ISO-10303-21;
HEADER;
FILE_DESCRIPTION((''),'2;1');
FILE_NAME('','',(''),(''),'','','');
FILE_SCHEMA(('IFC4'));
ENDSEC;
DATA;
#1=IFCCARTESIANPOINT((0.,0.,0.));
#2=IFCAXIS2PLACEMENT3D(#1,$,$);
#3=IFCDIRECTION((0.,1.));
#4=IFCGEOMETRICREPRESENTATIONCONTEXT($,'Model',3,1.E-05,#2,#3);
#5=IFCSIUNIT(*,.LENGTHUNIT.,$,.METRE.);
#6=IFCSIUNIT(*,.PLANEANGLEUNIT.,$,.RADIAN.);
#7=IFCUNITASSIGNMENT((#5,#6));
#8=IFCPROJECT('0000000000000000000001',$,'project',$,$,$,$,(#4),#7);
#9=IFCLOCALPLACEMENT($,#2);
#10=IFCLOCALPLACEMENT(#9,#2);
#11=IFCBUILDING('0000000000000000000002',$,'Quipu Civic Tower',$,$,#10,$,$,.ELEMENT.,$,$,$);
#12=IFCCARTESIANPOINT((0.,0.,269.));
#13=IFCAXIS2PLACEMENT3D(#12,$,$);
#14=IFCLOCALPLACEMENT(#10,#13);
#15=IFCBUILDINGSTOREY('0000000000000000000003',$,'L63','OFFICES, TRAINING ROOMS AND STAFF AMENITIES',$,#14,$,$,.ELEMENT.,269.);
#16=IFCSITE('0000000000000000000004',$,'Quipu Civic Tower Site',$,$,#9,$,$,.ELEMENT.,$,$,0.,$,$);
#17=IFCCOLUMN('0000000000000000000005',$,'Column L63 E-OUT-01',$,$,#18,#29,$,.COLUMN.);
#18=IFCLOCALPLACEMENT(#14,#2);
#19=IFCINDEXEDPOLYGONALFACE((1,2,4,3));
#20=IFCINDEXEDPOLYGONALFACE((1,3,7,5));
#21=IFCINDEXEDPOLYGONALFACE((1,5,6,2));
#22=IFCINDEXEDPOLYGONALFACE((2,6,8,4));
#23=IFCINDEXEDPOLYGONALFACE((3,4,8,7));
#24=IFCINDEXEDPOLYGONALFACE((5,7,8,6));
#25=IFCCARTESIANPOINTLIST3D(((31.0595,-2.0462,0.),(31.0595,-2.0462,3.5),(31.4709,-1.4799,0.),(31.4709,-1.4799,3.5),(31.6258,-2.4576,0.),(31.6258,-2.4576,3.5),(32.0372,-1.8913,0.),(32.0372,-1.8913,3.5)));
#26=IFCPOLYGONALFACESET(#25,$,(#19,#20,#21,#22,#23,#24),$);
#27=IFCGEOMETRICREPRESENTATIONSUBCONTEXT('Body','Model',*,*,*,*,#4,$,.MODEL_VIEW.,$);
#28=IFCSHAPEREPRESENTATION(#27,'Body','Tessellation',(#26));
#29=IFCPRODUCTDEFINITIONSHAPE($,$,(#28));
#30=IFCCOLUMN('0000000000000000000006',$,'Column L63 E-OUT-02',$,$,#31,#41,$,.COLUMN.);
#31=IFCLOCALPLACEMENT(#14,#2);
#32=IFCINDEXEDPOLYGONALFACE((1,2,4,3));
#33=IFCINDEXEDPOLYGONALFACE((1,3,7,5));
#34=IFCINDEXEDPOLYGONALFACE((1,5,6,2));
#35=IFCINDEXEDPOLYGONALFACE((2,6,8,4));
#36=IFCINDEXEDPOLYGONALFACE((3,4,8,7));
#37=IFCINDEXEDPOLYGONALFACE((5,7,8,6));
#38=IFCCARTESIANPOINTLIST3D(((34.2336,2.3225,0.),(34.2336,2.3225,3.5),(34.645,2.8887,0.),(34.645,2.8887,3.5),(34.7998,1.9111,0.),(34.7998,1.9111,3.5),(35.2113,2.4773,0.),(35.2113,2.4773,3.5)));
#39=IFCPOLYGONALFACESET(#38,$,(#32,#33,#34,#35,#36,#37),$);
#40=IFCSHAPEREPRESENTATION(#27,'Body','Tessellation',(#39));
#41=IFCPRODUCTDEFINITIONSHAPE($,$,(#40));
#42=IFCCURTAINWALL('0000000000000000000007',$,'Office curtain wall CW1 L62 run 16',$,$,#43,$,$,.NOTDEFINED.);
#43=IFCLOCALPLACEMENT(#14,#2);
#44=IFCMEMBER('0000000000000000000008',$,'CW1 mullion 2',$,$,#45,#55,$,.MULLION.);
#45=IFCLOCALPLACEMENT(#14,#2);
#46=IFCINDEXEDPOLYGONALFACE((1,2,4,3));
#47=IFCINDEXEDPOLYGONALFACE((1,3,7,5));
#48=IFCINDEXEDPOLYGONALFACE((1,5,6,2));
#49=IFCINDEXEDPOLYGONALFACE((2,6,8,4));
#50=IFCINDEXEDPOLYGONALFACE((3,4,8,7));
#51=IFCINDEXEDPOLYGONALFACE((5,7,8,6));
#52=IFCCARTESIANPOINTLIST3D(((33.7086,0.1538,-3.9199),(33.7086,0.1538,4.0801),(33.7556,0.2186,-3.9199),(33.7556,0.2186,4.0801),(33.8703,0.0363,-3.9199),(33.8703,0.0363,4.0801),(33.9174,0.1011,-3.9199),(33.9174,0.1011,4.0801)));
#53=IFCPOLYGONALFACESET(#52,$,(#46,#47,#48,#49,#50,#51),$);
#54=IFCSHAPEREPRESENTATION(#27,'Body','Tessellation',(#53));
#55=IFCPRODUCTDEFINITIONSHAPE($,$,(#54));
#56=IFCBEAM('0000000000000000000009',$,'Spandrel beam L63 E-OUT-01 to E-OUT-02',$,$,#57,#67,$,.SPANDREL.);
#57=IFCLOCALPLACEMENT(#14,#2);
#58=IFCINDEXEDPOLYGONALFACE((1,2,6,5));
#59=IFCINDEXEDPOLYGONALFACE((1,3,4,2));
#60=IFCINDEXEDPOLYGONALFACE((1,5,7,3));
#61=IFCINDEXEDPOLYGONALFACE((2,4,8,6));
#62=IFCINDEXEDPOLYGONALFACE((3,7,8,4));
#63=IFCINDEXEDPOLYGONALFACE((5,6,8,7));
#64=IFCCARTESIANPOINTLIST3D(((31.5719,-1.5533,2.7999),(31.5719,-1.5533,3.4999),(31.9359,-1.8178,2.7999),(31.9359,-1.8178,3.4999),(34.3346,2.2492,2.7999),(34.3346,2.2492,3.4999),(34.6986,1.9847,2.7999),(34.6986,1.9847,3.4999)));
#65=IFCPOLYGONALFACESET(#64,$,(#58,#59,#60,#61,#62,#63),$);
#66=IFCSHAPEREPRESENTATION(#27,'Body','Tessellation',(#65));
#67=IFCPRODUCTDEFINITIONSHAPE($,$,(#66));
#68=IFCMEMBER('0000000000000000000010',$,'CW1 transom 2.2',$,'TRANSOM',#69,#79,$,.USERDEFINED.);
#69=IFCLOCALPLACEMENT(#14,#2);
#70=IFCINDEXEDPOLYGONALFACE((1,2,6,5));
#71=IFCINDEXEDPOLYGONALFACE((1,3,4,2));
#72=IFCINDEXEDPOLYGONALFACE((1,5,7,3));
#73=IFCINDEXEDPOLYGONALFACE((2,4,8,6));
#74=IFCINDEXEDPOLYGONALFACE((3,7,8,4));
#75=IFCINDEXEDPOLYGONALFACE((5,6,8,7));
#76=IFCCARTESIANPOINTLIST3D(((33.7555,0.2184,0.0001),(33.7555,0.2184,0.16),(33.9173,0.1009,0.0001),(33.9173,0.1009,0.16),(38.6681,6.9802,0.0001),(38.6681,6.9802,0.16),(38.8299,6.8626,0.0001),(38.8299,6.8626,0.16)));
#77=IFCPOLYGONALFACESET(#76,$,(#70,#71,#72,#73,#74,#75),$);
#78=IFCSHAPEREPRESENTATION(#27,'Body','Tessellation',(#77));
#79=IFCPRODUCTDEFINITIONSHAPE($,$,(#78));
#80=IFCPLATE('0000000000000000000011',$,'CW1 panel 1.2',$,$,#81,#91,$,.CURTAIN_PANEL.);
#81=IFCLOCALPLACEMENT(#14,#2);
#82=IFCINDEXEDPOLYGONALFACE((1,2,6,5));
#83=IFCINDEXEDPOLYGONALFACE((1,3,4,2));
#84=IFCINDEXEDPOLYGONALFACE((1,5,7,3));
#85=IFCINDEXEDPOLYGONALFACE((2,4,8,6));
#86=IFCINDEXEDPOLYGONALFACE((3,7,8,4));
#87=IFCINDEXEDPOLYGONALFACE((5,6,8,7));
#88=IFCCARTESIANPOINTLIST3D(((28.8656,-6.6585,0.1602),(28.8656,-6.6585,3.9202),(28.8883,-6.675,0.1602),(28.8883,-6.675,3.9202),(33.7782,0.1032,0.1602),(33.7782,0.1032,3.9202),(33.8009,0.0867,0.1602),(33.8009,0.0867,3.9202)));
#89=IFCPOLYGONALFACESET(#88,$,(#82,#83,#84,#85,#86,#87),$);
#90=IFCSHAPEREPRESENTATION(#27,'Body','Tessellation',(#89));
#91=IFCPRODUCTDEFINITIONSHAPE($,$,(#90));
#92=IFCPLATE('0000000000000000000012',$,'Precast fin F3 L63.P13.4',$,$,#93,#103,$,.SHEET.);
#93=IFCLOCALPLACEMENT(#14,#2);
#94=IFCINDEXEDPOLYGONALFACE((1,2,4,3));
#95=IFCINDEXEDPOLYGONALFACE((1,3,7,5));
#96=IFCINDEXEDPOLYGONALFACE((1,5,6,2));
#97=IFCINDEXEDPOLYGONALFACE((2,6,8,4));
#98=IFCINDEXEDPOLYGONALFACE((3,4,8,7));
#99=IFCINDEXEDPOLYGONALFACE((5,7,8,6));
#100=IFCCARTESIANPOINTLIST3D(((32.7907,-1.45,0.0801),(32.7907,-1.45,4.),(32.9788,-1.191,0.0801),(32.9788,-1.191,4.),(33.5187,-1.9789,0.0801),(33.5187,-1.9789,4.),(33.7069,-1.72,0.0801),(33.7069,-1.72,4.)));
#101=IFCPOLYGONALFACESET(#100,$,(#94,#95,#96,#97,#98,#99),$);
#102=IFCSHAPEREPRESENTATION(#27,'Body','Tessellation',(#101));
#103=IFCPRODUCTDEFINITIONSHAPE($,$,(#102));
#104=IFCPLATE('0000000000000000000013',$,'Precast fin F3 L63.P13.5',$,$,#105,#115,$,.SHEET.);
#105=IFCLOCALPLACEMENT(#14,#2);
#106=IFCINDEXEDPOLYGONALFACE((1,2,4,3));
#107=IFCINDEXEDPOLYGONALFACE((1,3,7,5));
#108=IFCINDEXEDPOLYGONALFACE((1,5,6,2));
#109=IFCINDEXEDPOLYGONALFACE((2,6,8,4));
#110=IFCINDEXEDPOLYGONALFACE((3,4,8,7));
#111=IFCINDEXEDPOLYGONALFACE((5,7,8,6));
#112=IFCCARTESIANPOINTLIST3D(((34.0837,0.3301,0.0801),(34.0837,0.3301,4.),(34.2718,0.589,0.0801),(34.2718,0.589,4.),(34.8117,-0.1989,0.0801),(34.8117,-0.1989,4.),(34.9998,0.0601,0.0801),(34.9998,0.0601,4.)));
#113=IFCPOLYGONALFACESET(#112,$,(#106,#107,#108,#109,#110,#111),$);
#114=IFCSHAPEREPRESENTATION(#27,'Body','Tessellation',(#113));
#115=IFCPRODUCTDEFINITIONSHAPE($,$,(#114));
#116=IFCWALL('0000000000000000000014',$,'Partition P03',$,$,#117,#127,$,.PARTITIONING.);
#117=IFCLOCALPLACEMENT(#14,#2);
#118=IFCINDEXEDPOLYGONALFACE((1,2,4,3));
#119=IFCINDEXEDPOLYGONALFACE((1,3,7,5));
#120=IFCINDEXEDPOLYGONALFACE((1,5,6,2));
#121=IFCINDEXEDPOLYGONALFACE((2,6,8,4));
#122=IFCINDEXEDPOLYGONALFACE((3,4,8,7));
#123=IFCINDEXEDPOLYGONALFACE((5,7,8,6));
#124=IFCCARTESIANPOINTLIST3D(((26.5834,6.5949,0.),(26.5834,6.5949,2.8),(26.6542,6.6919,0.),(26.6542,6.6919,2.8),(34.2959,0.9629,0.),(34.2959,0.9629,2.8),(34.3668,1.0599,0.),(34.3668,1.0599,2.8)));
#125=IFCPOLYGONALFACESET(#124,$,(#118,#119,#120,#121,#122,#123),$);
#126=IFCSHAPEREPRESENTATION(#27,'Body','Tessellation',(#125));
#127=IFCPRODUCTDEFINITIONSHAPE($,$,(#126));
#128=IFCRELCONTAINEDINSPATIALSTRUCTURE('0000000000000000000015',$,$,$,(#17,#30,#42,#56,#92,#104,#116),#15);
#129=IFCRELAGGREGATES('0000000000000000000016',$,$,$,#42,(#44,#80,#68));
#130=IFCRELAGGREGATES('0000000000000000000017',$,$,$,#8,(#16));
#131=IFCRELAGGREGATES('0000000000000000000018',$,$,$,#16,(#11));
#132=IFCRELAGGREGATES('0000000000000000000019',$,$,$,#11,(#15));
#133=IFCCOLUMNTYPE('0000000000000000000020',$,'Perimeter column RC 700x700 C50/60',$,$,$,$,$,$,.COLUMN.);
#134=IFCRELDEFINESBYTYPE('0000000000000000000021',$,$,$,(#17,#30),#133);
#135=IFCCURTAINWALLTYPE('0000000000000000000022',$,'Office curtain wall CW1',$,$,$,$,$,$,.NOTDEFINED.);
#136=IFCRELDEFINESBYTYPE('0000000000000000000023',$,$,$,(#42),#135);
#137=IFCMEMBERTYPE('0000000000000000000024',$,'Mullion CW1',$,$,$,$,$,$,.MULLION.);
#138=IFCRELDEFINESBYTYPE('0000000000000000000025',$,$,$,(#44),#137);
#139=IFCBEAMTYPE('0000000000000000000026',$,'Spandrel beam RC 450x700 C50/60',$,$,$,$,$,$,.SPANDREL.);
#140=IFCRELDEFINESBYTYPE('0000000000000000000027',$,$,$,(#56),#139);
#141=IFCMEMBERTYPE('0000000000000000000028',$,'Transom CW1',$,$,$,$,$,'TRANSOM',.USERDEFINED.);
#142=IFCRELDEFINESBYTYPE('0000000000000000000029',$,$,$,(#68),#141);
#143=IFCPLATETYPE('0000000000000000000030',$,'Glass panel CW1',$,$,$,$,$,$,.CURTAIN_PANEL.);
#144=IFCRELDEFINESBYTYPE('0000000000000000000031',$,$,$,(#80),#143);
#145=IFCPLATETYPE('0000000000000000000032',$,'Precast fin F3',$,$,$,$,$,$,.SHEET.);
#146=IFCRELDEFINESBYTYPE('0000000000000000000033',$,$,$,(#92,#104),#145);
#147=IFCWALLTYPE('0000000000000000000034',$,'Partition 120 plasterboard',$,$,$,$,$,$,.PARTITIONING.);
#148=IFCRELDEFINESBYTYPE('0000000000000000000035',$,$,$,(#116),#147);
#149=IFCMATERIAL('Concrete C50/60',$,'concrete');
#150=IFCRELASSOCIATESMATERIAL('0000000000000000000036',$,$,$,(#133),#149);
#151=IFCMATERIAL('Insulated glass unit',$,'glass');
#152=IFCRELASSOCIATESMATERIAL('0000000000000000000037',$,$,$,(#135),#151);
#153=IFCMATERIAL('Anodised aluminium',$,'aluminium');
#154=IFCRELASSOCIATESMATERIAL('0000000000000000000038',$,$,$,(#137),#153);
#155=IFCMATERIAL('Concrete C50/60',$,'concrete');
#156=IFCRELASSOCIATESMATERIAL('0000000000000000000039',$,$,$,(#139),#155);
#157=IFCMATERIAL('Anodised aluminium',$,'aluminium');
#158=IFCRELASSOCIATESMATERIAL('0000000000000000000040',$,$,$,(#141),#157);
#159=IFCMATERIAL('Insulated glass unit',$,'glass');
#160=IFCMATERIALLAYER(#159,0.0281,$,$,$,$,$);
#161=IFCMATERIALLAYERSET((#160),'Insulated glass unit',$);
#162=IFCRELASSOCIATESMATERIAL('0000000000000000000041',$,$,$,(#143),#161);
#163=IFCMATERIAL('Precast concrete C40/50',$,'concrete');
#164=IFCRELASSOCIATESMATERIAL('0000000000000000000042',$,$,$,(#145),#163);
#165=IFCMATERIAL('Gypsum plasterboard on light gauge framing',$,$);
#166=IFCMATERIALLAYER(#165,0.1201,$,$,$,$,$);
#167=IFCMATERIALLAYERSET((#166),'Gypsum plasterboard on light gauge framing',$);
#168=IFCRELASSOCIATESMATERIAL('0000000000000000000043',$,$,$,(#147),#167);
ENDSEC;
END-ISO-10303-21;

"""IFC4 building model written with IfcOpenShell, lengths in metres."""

from ifc_helpers import new_model, si_unit, direction, frame, frame_2d, origin, origin_2d, place, context, subcontext, project, spatial, rectangle, extrude, material, layer, layer_set, material_profile, profile_set, type_object, element, aggregate, save


model = new_model("IFC4")

# Units and contexts
model_context = context("Model", 3, precision=1e-05, world=origin(), true_north=direction((0.0, 1.0)))
body_context = subcontext(model_context, "Body", "Model", "MODEL_VIEW")
ifc_project = project(units=[si_unit("LENGTHUNIT", "METRE"), si_unit("PLANEANGLEUNIT", "RADIAN")], contexts=[model_context])

# Site, building, storey
site_placement = place(None, origin())
site = spatial("IfcSite", under=ifc_project, at=site_placement, Name="Quipu Civic Tower Site", CompositionType="ELEMENT", RefElevation=0.0)
building_placement = place(site_placement, origin())
building = spatial("IfcBuilding", under=site, at=building_placement, Name="Quipu Civic Tower", CompositionType="ELEMENT")
storey_placement = place(building_placement, frame((0.0, 0.0, 269.0)))
storey = spatial("IfcBuildingStorey", under=building, at=storey_placement, Name="L63", Description="OFFICES, TRAINING ROOMS AND STAFF AMENITIES", CompositionType="ELEMENT", Elevation=269.0)

# Columns
ifc_material_1 = material(Name="Concrete C50/60", Category="concrete")
ifc_material_profile_1 = material_profile(ifc_material_1, rectangle(XDim=0.7, YDim=0.7, at=origin_2d()), Name="RC700x700")
ifc_profile_set_1 = profile_set([ifc_material_profile_1], Name="Concrete C50/60")
column_type = type_object("IfcColumnType", Name="Perimeter column RC 700x700 C50/60", PredefinedType="COLUMN", material=ifc_profile_set_1)
for number, where, z_axis, x_axis, name in (
    (1, (31.5483, -1.9688, 0.0), (0.0, 0.0, 1.0), (0.587785, 0.809017, 0.0), "Column L63 E-OUT-01"),
    (2, (34.7224, 2.3999, 0.0), (0.0, 0.0, 1.0), (0.587785, 0.809017, 0.0), "Column L63 E-OUT-02"),
):
    element("IfcColumn", number, at=place(storey_placement, frame(where, z_axis=z_axis, x_axis=x_axis)), inside=storey, type_object=column_type, Name=name, PredefinedType="COLUMN", context=body_context, shape_type="SweptSolid", body=[
        extrude(rectangle(XDim=0.7, YDim=0.7, at=origin_2d()), origin(), (0.0, 0.0, 1.0), 3.5),
    ])

# Curtain wall, member
ifc_material_2 = material(Name="Insulated glass unit", Category="glass")
curtain_wall_type = type_object("IfcCurtainWallType", Name="Office curtain wall CW1", PredefinedType="NOTDEFINED", material=ifc_material_2)
curtain_wall_placement = place(storey_placement, origin())
curtain_wall = element("IfcCurtainWall", 3, at=curtain_wall_placement, inside=storey, type_object=curtain_wall_type, Name="Office curtain wall CW1 L62 run 16", PredefinedType="NOTDEFINED")
ifc_material_3 = material(Name="Anodised aluminium", Category="aluminium")
ifc_material_profile_2 = material_profile(ifc_material_3, rectangle(XDim=0.2, YDim=0.0801, at=origin_2d()), Name="RECT 200x80")
ifc_profile_set_2 = profile_set([ifc_material_profile_2], Name="Anodised aluminium")
member_type_1 = type_object("IfcMemberType", Name="Mullion CW1", PredefinedType="MULLION", material=ifc_profile_set_2)
member_1_placement = place(storey_placement, frame((33.813, 0.1274, -3.9199), z_axis=(0.0, 0.0, 1.0), x_axis=(-0.809016, 0.587786, 0.0)))
member_1 = element("IfcMember", 4, at=member_1_placement, type_object=member_type_1, Name="CW1 mullion 2", PredefinedType="MULLION", context=body_context, shape_type="SweptSolid", body=[
    extrude(rectangle(XDim=0.2, YDim=0.0801, at=origin_2d()), origin(), (0.0, 0.0, 1.0), 8.0),
])

# Beam
ifc_material_4 = material(Name="Concrete C50/60", Category="concrete")
ifc_material_profile_3 = material_profile(ifc_material_4, rectangle(XDim=0.45, YDim=0.7, at=origin_2d()), Name="RC450x700")
ifc_profile_set_3 = profile_set([ifc_material_profile_3], Name="Concrete C50/60")
beam_type = type_object("IfcBeamType", Name="Spandrel beam RC 450x700 C50/60", PredefinedType="SPANDREL", material=ifc_profile_set_3)
beam_placement = place(storey_placement, frame((31.7539, -1.6855, 3.1499), z_axis=(0.587789, 0.809015, 0.0), x_axis=(-0.809015, 0.587789, 0.0)))
element("IfcBeam", 5, at=beam_placement, inside=storey, type_object=beam_type, Name="Spandrel beam L63 E-OUT-01 to E-OUT-02", PredefinedType="SPANDREL", context=body_context, shape_type="SweptSolid", body=[
    extrude(rectangle(XDim=0.45, YDim=0.7, at=origin_2d()), origin(), (0.0, 0.0, 1.0), 4.7002),
])

# Member
ifc_material_5 = material(Name="Anodised aluminium", Category="aluminium")
ifc_material_profile_4 = material_profile(ifc_material_5, rectangle(XDim=0.2, YDim=0.1599, at=origin_2d()), Name="RECT 200x160")
ifc_profile_set_4 = profile_set([ifc_material_profile_4], Name="Anodised aluminium")
member_type_2 = type_object("IfcMemberType", Name="Transom CW1", ElementType="TRANSOM", PredefinedType="USERDEFINED", material=ifc_profile_set_4)
member_2_placement = place(storey_placement, frame((33.8364, 0.1597, 0.0801), z_axis=(0.587779, 0.809021, 0.0), x_axis=(-0.809021, 0.587779, 0.0)))
member_2 = element("IfcMember", 6, at=member_2_placement, type_object=member_type_2, Name="CW1 transom 2.2", ObjectType="TRANSOM", PredefinedType="USERDEFINED", context=body_context, shape_type="SweptSolid", body=[
    extrude(rectangle(XDim=0.2, YDim=0.1599, at=origin_2d()), origin(), (0.0, 0.0, 1.0), 8.3579),
])

# Plate
ifc_material_6 = material(Name="Insulated glass unit", Category="glass")
ifc_layer_1 = layer(ifc_material_6, 0.0281)
ifc_layer_set_1 = layer_set([ifc_layer_1], Name="Insulated glass unit")
plate_type_1 = type_object("IfcPlateType", Name="Glass panel CW1", PredefinedType="CURTAIN_PANEL", material=ifc_layer_set_1)
plate_placement = place(storey_placement, frame((31.3333, -3.2859, 0.1602), z_axis=(0.0, 0.0, 1.0), x_axis=(0.587786, 0.809016, 0.0)))
plate = element("IfcPlate", 7, at=plate_placement, type_object=plate_type_1, Name="CW1 panel 1.2", PredefinedType="CURTAIN_PANEL", context=body_context, shape_type="SweptSolid", body=[
    extrude(rectangle(XDim=8.3579, YDim=0.0281, at=origin_2d()), origin(), (0.0, 0.0, 1.0), 3.76),
])
aggregate(curtain_wall, [member_1, plate, member_2])

# Plates
ifc_material_7 = material(Name="Precast concrete C40/50", Category="concrete")
plate_type_2 = type_object("IfcPlateType", Name="Precast fin F3", PredefinedType="SHEET", material=ifc_material_7)
for number, where, z_axis, x_axis, name in (
    (8, (33.2488, -1.585, 0.0801), (0.0, 0.0, 1.0), (0.587787, 0.809016, 0.0), "Precast fin F3 L63.P13.4"),
    (9, (34.5417, 0.1951, 0.0801), (0.0, 0.0, 1.0), (0.587787, 0.809016, 0.0), "Precast fin F3 L63.P13.5"),
):
    element("IfcPlate", number, at=place(storey_placement, frame(where, z_axis=z_axis, x_axis=x_axis)), inside=storey, type_object=plate_type_2, Name=name, PredefinedType="SHEET", context=body_context, shape_type="SweptSolid", body=[
        extrude(rectangle(XDim=0.3201, YDim=0.8999, at=origin_2d()), origin(), (0.0, 0.0, 1.0), 3.9199),
    ])

# Wall
ifc_material_8 = material(Name="Gypsum plasterboard on light gauge framing")
ifc_layer_2 = layer(ifc_material_8, 0.1201)
ifc_layer_set_2 = layer_set([ifc_layer_2], Name="Gypsum plasterboard on light gauge framing")
wall_type_1 = type_object("IfcWallType", Name="Partition 120 plasterboard", PredefinedType="PARTITIONING", material=ifc_layer_set_2)
wall_1_placement = place(storey_placement, frame((26.6189, 6.6433, 0.0), z_axis=(0.0, 0.0, 1.0), x_axis=(0.807595, -0.589738, 0.0)))
element("IfcWall", 10, at=wall_1_placement, inside=storey, type_object=wall_type_1, Name="Partition P03", PredefinedType="PARTITIONING", context=body_context, shape_type="SweptSolid", body=[
    extrude(rectangle(XDim=9.55, YDim=0.1201, at=frame_2d((4.7749, 0.0))), origin(), (0.0, 0.0, 1.0), 2.8),
])

save(model, "model.ifc")
